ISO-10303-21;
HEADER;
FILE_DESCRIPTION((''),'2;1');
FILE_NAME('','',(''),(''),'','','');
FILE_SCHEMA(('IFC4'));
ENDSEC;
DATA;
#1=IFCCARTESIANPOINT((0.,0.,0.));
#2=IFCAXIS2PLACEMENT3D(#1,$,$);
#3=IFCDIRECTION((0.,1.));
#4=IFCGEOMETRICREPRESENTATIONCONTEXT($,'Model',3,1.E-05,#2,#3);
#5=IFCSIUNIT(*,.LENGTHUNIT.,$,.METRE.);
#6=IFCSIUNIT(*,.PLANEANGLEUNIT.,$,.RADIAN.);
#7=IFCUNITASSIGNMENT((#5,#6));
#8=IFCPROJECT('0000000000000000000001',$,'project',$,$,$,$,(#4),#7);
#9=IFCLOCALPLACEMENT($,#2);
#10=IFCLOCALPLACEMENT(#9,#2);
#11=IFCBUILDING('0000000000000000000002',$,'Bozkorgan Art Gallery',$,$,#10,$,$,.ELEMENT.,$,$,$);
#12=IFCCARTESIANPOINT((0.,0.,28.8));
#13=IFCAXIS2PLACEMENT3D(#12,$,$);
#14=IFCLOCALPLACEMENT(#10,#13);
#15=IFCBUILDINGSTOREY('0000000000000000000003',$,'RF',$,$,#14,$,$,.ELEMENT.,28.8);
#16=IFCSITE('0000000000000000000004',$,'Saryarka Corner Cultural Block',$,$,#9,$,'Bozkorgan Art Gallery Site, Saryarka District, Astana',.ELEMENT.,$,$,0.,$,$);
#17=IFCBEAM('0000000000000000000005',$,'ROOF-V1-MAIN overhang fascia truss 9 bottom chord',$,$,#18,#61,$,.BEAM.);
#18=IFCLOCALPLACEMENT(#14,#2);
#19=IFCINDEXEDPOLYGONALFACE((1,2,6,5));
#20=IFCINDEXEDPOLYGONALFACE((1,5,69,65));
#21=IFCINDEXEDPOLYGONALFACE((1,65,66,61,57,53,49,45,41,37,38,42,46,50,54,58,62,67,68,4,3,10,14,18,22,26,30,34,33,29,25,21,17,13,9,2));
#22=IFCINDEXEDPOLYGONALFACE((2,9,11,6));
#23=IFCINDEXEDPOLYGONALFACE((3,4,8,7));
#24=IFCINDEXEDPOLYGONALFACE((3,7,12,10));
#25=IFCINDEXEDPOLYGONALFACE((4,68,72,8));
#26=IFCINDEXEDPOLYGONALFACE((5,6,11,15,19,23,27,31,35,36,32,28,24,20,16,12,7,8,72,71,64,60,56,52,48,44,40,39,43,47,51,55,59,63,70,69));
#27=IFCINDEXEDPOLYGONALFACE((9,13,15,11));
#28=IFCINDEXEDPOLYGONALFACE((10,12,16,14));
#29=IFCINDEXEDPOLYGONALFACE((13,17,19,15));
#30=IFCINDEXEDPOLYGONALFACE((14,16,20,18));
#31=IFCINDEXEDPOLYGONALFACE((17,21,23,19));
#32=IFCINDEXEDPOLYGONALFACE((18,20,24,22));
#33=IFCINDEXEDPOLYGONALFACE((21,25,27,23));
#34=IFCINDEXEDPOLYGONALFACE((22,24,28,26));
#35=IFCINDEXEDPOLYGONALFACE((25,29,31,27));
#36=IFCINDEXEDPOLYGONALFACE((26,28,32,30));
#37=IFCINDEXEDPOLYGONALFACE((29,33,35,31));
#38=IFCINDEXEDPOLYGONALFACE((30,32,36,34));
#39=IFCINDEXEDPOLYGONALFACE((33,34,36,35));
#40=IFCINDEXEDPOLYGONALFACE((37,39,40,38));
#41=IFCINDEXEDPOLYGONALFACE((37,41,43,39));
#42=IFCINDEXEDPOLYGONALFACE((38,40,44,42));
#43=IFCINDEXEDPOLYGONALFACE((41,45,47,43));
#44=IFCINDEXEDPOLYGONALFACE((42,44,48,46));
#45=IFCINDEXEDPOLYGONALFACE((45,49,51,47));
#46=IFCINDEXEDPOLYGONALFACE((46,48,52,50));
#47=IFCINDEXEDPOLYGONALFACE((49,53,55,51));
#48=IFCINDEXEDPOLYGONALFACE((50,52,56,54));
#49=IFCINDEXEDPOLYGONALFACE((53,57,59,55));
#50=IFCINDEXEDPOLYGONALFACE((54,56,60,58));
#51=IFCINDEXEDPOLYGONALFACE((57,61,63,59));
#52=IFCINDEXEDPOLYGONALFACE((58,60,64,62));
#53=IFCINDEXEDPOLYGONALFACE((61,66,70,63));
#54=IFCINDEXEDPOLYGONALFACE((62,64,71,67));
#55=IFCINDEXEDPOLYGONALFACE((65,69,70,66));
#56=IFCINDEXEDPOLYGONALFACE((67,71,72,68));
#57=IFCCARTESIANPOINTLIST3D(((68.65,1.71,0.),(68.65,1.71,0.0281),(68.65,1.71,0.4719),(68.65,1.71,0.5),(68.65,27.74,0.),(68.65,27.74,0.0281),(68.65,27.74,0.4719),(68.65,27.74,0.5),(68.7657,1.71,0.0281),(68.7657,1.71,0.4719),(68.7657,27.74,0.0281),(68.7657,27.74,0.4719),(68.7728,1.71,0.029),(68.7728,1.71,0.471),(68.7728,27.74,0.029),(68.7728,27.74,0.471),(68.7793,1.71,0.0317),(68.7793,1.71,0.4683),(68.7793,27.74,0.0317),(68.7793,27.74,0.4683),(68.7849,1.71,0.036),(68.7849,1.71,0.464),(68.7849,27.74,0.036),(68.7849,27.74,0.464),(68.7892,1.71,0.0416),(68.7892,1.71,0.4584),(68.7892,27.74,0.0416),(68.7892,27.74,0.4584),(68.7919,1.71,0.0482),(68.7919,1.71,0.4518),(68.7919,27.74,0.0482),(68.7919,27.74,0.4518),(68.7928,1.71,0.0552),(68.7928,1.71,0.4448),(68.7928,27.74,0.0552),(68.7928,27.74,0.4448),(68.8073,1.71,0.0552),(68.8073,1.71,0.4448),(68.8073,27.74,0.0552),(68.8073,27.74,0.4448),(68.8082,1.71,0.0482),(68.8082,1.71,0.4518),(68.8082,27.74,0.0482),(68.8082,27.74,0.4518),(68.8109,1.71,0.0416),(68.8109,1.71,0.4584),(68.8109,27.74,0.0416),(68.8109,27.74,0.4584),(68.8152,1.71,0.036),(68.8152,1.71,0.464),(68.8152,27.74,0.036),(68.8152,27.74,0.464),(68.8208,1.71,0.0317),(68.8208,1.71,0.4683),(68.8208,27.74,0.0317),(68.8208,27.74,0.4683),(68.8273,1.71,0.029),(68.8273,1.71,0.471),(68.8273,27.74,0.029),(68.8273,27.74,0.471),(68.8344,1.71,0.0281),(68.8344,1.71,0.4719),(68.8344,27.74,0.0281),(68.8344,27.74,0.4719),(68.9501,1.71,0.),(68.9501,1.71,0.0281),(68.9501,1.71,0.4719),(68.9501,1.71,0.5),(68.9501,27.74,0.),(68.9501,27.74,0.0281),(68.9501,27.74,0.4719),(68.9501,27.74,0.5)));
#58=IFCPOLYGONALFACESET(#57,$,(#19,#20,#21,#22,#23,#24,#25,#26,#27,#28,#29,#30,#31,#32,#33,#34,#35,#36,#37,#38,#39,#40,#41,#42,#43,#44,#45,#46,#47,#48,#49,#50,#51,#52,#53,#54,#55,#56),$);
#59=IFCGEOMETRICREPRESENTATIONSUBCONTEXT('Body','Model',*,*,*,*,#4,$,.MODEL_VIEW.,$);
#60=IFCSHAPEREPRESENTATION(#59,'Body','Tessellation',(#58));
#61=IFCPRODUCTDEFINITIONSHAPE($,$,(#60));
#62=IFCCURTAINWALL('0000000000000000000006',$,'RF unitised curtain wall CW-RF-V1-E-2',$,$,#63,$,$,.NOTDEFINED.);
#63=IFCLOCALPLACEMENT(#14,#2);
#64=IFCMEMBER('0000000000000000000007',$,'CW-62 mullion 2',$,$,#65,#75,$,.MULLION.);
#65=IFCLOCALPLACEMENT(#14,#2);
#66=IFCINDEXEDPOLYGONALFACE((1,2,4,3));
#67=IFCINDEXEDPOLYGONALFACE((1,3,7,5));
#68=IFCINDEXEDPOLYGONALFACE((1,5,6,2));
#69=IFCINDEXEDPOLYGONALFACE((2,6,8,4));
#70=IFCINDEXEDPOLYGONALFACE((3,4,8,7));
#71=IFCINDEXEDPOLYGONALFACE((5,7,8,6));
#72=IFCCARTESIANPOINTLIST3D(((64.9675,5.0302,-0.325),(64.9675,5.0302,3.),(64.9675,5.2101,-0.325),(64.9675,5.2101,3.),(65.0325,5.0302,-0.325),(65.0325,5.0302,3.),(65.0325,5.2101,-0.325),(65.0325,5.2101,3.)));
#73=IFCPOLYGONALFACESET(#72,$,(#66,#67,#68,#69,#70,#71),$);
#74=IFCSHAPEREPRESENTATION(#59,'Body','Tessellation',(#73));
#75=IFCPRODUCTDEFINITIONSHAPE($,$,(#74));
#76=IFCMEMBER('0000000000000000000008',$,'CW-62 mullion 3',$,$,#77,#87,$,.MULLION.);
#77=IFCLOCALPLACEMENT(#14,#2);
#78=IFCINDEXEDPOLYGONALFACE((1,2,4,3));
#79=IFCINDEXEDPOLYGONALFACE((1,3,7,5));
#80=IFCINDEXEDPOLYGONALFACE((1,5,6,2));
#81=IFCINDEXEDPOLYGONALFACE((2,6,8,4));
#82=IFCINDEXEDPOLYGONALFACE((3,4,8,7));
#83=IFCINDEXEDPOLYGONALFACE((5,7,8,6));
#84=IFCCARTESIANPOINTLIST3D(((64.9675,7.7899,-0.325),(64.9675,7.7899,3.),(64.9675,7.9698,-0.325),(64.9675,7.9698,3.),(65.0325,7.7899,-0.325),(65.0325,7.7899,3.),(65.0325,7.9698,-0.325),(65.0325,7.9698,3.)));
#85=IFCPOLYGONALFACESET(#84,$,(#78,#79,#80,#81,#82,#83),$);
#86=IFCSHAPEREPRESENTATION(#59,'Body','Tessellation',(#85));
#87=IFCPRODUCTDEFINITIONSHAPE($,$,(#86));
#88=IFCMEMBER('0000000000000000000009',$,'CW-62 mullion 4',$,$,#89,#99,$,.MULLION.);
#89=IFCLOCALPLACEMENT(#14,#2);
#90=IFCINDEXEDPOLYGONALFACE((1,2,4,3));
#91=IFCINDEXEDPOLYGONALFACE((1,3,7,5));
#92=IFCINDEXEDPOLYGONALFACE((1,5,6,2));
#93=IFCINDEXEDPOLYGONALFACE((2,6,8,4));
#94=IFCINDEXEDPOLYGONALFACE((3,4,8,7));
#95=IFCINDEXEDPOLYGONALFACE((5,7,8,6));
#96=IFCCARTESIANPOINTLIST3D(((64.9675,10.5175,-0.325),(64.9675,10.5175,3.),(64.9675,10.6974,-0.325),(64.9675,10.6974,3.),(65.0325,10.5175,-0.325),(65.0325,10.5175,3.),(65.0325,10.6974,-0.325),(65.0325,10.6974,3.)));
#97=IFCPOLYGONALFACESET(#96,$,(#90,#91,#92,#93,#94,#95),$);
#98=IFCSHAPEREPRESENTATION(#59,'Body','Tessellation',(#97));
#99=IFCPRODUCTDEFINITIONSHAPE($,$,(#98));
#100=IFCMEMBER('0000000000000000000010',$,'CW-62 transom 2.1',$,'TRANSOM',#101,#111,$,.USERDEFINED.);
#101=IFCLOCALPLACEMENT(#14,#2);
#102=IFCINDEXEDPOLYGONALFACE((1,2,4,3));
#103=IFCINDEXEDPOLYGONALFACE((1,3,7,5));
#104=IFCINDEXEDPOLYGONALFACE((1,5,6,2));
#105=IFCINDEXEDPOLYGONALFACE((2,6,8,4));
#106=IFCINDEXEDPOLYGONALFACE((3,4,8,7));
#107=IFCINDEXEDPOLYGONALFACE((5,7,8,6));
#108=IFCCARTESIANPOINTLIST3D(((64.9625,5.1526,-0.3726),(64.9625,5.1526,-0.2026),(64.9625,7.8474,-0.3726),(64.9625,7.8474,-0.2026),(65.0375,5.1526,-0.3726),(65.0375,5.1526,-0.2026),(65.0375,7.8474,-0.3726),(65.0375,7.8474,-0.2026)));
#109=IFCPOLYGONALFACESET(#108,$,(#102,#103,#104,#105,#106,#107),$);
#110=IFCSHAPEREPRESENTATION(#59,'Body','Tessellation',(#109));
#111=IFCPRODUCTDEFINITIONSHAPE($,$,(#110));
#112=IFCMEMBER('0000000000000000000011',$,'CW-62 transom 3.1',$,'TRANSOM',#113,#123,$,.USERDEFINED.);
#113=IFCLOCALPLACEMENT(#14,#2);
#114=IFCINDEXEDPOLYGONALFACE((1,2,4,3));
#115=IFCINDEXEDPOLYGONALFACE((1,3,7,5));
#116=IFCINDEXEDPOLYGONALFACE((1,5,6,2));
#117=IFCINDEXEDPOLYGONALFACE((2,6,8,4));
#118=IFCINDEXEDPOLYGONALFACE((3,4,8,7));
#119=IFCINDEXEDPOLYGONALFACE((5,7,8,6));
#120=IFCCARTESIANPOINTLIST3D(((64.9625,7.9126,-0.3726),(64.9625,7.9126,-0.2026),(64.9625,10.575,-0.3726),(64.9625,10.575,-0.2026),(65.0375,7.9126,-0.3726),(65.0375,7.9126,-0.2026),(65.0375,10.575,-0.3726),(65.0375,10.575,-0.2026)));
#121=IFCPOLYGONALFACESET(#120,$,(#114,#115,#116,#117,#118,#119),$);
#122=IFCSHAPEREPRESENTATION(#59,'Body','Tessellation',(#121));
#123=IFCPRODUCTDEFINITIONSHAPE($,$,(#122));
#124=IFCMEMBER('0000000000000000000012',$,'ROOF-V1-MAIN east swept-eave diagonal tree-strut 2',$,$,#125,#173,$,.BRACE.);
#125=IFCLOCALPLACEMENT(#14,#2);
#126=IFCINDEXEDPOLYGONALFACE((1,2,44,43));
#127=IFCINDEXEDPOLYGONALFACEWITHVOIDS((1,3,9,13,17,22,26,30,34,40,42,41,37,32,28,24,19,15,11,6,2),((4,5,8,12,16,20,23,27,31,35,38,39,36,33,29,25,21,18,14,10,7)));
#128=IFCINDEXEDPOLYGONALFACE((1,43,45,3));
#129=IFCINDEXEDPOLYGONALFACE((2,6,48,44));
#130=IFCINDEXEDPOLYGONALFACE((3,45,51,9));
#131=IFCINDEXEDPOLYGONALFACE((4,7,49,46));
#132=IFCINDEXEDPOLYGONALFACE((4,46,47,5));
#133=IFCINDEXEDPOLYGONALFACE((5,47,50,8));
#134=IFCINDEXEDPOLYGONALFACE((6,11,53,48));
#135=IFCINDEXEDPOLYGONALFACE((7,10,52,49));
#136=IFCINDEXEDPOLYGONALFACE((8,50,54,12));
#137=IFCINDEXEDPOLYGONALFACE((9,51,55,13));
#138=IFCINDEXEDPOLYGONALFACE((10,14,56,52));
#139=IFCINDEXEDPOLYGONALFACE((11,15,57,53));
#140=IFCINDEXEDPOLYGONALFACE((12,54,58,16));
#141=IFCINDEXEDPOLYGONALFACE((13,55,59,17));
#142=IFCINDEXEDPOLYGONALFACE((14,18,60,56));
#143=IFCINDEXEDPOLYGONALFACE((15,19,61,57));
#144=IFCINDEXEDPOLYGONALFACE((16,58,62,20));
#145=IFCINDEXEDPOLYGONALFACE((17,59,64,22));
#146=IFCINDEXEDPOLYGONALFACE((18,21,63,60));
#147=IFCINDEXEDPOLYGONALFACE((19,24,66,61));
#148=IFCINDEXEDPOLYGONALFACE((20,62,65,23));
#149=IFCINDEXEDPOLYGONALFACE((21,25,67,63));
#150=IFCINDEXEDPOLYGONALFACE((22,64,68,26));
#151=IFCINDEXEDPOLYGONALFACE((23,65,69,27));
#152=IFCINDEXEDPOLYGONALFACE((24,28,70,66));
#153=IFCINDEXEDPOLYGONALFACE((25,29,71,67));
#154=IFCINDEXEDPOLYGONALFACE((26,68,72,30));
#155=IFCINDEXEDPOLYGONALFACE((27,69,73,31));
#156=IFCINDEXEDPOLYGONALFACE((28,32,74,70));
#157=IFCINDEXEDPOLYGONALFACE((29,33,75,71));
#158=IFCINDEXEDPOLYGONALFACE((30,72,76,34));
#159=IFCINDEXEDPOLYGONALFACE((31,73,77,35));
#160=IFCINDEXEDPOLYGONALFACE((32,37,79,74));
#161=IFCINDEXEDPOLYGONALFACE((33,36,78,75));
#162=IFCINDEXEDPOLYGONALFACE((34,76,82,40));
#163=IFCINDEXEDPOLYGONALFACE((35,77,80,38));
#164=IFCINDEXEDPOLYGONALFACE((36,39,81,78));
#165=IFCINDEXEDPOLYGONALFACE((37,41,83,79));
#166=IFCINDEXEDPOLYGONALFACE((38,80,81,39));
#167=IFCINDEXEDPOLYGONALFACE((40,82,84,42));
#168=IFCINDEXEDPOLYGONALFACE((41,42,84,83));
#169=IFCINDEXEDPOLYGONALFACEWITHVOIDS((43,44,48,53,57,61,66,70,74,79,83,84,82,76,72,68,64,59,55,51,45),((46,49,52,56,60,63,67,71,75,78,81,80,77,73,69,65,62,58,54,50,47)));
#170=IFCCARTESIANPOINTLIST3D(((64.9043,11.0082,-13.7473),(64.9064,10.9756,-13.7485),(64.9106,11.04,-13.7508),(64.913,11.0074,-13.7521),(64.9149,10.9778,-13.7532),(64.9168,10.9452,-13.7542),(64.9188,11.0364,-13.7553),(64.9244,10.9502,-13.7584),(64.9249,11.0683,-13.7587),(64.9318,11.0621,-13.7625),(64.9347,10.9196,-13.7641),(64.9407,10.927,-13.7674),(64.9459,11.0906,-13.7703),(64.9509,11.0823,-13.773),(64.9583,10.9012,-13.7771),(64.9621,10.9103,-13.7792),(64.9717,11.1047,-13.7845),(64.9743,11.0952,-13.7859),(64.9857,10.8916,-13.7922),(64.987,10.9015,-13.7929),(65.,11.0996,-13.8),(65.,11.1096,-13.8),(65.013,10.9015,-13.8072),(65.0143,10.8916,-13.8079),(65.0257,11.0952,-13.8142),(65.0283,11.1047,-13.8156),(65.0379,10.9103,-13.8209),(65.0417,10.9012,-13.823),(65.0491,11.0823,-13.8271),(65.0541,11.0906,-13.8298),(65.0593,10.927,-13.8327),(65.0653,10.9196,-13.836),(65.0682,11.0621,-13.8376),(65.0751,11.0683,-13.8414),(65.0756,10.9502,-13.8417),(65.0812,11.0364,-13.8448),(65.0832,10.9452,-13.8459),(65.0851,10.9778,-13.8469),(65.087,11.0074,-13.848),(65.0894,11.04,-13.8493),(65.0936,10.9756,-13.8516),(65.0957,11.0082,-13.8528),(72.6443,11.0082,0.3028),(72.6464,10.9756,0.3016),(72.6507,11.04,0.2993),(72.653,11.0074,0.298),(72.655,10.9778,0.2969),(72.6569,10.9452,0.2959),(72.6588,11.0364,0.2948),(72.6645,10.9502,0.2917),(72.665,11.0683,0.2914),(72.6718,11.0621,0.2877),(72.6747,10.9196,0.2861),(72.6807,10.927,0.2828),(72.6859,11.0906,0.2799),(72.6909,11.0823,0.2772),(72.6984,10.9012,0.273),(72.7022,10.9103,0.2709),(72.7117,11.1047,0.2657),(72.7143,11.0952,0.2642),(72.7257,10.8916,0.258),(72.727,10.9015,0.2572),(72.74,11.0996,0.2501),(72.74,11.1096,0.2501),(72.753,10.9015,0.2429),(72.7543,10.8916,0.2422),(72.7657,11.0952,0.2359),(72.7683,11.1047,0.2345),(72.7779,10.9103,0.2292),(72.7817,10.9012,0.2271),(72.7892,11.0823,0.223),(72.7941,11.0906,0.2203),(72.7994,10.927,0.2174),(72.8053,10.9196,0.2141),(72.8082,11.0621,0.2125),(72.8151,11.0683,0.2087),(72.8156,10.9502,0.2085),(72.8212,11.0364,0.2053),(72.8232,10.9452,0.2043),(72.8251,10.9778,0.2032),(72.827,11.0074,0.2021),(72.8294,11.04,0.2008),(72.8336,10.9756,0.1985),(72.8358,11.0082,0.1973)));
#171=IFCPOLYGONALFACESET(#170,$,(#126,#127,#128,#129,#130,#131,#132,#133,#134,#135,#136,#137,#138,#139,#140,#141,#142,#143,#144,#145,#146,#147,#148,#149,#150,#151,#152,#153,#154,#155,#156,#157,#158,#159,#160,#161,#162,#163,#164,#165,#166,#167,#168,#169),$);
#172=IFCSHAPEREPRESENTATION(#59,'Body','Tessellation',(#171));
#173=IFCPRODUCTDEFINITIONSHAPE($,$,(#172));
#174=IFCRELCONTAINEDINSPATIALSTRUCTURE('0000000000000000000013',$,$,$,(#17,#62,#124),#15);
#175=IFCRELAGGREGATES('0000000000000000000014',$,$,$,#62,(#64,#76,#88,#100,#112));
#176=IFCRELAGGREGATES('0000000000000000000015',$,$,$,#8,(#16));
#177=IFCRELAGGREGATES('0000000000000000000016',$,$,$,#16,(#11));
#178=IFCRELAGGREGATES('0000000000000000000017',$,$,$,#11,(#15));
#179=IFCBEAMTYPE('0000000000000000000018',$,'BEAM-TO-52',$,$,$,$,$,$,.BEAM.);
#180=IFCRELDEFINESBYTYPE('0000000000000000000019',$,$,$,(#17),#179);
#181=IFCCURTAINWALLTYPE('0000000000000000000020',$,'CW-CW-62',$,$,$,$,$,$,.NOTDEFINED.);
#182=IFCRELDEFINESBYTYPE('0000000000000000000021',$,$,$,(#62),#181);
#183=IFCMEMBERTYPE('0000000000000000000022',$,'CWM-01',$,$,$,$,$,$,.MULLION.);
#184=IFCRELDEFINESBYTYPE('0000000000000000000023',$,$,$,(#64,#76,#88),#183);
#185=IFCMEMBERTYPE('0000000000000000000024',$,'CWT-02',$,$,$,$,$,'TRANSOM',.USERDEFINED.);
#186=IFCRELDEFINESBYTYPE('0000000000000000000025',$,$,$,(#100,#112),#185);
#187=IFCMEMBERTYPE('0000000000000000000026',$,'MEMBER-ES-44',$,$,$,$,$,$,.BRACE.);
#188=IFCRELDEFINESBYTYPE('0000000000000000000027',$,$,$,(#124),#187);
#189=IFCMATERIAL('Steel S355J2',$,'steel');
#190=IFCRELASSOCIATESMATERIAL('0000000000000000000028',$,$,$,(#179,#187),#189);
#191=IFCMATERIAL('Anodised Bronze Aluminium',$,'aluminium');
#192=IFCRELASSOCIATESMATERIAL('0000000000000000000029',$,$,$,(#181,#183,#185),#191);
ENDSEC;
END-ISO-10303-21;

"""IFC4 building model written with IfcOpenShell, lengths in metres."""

from ifc_helpers import new_model, si_unit, direction, frame, origin, origin_2d, place, context, subcontext, project, spatial, rectangle, hollow_circle, i_section, extrude, material, material_profile, profile_set, type_object, element, aggregate, save


model = new_model("IFC4")

# Units and contexts
model_context = context("Model", 3, precision=1e-05, world=origin(), true_north=direction((0.0, 1.0)))
body_context = subcontext(model_context, "Body", "Model", "MODEL_VIEW")
ifc_project = project(units=[si_unit("LENGTHUNIT", "METRE"), si_unit("PLANEANGLEUNIT", "RADIAN")], contexts=[model_context])

# Site, building, storey
site_placement = place(None, origin())
site = spatial("IfcSite", under=ifc_project, at=site_placement, Name="Saryarka Corner Cultural Block", LongName="Bozkorgan Art Gallery Site, Saryarka District, Astana", CompositionType="ELEMENT", RefElevation=0.0)
building_placement = place(site_placement, origin())
building = spatial("IfcBuilding", under=site, at=building_placement, Name="Bozkorgan Art Gallery", CompositionType="ELEMENT")
storey_placement = place(building_placement, frame((0.0, 0.0, 28.8)))
storey = spatial("IfcBuildingStorey", under=building, at=storey_placement, Name="RF", CompositionType="ELEMENT", Elevation=28.8)

# Beam
ifc_material_1 = material(Name="Steel S355J2", Category="steel")
ifc_material_profile_1 = material_profile(ifc_material_1, i_section(OverallWidth=0.3, OverallDepth=0.5, WebThickness=0.0144, FlangeThickness=0.0281, FilletRadius=0.0271, at=origin_2d()), Name="HEB 500")
ifc_profile_set_1 = profile_set([ifc_material_profile_1], Name="Steel S355J2")
beam_type = type_object("IfcBeamType", Name="BEAM-TO-52", PredefinedType="BEAM", material=ifc_profile_set_1)
beam_placement = place(storey_placement, frame((68.8, 1.71, 0.25), z_axis=(0.0, 1.0, 0.0), x_axis=(-1.0, 0.0, 0.0)))
element("IfcBeam", 1, at=beam_placement, inside=storey, type_object=beam_type, Name="ROOF-V1-MAIN overhang fascia truss 9 bottom chord", PredefinedType="BEAM", context=body_context, shape_type="SweptSolid", body=[
    extrude(i_section(OverallWidth=0.3, OverallDepth=0.5, WebThickness=0.0144, FlangeThickness=0.0281, FilletRadius=0.0271, at=origin_2d()), origin(), (0.0, 0.0, 1.0), 26.03),
])

# Curtain wall, members
ifc_material_2 = material(Name="Anodised Bronze Aluminium", Category="aluminium")
curtain_wall_type = type_object("IfcCurtainWallType", Name="CW-CW-62", PredefinedType="NOTDEFINED", material=ifc_material_2)
curtain_wall_placement = place(storey_placement, origin())
curtain_wall = element("IfcCurtainWall", 2, at=curtain_wall_placement, inside=storey, type_object=curtain_wall_type, Name="RF unitised curtain wall CW-RF-V1-E-2", PredefinedType="NOTDEFINED")
ifc_material_profile_2 = material_profile(ifc_material_2, rectangle(XDim=0.0649, YDim=0.1799, at=origin_2d()), Name="ALU MULLION 65x180")
ifc_profile_set_2 = profile_set([ifc_material_profile_2], Name="Anodised Bronze Aluminium")
member_type_1 = type_object("IfcMemberType", Name="CWM-01", PredefinedType="MULLION", material=ifc_profile_set_2)
member_1_placement = place(storey_placement, frame((65.0, 5.1201, -0.325), z_axis=(0.0, 0.0, 1.0), x_axis=(-1.0, 0.0, 0.0)))
member_1 = element("IfcMember", 3, at=member_1_placement, type_object=member_type_1, Name="CW-62 mullion 2", PredefinedType="MULLION", context=body_context, shape_type="SweptSolid", body=[
    extrude(rectangle(XDim=0.0649, YDim=0.1799, at=origin_2d()), origin(), (0.0, 0.0, 1.0), 3.325),
])
member_2_placement = place(storey_placement, frame((65.0, 7.8799, -0.325), z_axis=(0.0, 0.0, 1.0), x_axis=(-1.0, 0.0, 0.0)))
member_2 = element("IfcMember", 4, at=member_2_placement, type_object=member_type_1, Name="CW-62 mullion 3", PredefinedType="MULLION", context=body_context, shape_type="SweptSolid", body=[
    extrude(rectangle(XDim=0.0649, YDim=0.1799, at=origin_2d()), origin(), (0.0, 0.0, 1.0), 3.325),
])
member_3_placement = place(storey_placement, frame((65.0, 10.6074, -0.325), z_axis=(0.0, 0.0, 1.0), x_axis=(-1.0, 0.0, 0.0)))
member_3 = element("IfcMember", 5, at=member_3_placement, type_object=member_type_1, Name="CW-62 mullion 4", PredefinedType="MULLION", context=body_context, shape_type="SweptSolid", body=[
    extrude(rectangle(XDim=0.0649, YDim=0.1799, at=origin_2d()), origin(), (0.0, 0.0, 1.0), 3.325),
])
ifc_material_profile_3 = material_profile(ifc_material_2, rectangle(XDim=0.075, YDim=0.1699, at=origin_2d()), Name="ALU TRANSOM 75x170")
ifc_profile_set_3 = profile_set([ifc_material_profile_3], Name="Anodised Bronze Aluminium")
member_type_2 = type_object("IfcMemberType", Name="CWT-02", ElementType="TRANSOM", PredefinedType="USERDEFINED", material=ifc_profile_set_3)
member_4_placement = place(storey_placement, frame((65.0, 5.1526, -0.2876), z_axis=(0.0, 1.0, 0.0), x_axis=(-1.0, 0.0, 0.0)))
member_4 = element("IfcMember", 6, at=member_4_placement, type_object=member_type_2, Name="CW-62 transom 2.1", ObjectType="TRANSOM", PredefinedType="USERDEFINED", context=body_context, shape_type="SweptSolid", body=[
    extrude(rectangle(XDim=0.075, YDim=0.1699, at=origin_2d()), origin(), (0.0, 0.0, 1.0), 2.6948),
])
member_5_placement = place(storey_placement, frame((65.0, 7.9126, -0.2876), z_axis=(0.0, 1.0, 0.0), x_axis=(-1.0, 0.0, 0.0)))
member_5 = element("IfcMember", 7, at=member_5_placement, type_object=member_type_2, Name="CW-62 transom 3.1", ObjectType="TRANSOM", PredefinedType="USERDEFINED", context=body_context, shape_type="SweptSolid", body=[
    extrude(rectangle(XDim=0.075, YDim=0.1699, at=origin_2d()), origin(), (0.0, 0.0, 1.0), 2.6624),
])

# Member
ifc_material_profile_4 = material_profile(ifc_material_1, hollow_circle(Radius=0.1096, WallThickness=0.01, at=origin_2d()), Name="CHS 219.1x10")
ifc_profile_set_4 = profile_set([ifc_material_profile_4], Name="Steel S355J2")
member_type_3 = type_object("IfcMemberType", Name="MEMBER-ES-44", PredefinedType="BRACE", material=ifc_profile_set_4)
member_6_placement = place(storey_placement, frame((65.0, 11.0, -13.8), z_axis=(0.482515, 0.0, 0.875888), x_axis=(0.0, 1.0, 0.0)))
element("IfcMember", 8, at=member_6_placement, inside=storey, type_object=member_type_3, Name="ROOF-V1-MAIN east swept-eave diagonal tree-strut 2", PredefinedType="BRACE", context=body_context, shape_type="SweptSolid", body=[
    extrude(hollow_circle(Radius=0.1096, WallThickness=0.01, at=origin_2d()), origin(), (0.0, 0.0, 1.0), 16.041),
])

aggregate(curtain_wall, [member_1, member_2, member_3, member_4, member_5])

save(model, "model.ifc")
